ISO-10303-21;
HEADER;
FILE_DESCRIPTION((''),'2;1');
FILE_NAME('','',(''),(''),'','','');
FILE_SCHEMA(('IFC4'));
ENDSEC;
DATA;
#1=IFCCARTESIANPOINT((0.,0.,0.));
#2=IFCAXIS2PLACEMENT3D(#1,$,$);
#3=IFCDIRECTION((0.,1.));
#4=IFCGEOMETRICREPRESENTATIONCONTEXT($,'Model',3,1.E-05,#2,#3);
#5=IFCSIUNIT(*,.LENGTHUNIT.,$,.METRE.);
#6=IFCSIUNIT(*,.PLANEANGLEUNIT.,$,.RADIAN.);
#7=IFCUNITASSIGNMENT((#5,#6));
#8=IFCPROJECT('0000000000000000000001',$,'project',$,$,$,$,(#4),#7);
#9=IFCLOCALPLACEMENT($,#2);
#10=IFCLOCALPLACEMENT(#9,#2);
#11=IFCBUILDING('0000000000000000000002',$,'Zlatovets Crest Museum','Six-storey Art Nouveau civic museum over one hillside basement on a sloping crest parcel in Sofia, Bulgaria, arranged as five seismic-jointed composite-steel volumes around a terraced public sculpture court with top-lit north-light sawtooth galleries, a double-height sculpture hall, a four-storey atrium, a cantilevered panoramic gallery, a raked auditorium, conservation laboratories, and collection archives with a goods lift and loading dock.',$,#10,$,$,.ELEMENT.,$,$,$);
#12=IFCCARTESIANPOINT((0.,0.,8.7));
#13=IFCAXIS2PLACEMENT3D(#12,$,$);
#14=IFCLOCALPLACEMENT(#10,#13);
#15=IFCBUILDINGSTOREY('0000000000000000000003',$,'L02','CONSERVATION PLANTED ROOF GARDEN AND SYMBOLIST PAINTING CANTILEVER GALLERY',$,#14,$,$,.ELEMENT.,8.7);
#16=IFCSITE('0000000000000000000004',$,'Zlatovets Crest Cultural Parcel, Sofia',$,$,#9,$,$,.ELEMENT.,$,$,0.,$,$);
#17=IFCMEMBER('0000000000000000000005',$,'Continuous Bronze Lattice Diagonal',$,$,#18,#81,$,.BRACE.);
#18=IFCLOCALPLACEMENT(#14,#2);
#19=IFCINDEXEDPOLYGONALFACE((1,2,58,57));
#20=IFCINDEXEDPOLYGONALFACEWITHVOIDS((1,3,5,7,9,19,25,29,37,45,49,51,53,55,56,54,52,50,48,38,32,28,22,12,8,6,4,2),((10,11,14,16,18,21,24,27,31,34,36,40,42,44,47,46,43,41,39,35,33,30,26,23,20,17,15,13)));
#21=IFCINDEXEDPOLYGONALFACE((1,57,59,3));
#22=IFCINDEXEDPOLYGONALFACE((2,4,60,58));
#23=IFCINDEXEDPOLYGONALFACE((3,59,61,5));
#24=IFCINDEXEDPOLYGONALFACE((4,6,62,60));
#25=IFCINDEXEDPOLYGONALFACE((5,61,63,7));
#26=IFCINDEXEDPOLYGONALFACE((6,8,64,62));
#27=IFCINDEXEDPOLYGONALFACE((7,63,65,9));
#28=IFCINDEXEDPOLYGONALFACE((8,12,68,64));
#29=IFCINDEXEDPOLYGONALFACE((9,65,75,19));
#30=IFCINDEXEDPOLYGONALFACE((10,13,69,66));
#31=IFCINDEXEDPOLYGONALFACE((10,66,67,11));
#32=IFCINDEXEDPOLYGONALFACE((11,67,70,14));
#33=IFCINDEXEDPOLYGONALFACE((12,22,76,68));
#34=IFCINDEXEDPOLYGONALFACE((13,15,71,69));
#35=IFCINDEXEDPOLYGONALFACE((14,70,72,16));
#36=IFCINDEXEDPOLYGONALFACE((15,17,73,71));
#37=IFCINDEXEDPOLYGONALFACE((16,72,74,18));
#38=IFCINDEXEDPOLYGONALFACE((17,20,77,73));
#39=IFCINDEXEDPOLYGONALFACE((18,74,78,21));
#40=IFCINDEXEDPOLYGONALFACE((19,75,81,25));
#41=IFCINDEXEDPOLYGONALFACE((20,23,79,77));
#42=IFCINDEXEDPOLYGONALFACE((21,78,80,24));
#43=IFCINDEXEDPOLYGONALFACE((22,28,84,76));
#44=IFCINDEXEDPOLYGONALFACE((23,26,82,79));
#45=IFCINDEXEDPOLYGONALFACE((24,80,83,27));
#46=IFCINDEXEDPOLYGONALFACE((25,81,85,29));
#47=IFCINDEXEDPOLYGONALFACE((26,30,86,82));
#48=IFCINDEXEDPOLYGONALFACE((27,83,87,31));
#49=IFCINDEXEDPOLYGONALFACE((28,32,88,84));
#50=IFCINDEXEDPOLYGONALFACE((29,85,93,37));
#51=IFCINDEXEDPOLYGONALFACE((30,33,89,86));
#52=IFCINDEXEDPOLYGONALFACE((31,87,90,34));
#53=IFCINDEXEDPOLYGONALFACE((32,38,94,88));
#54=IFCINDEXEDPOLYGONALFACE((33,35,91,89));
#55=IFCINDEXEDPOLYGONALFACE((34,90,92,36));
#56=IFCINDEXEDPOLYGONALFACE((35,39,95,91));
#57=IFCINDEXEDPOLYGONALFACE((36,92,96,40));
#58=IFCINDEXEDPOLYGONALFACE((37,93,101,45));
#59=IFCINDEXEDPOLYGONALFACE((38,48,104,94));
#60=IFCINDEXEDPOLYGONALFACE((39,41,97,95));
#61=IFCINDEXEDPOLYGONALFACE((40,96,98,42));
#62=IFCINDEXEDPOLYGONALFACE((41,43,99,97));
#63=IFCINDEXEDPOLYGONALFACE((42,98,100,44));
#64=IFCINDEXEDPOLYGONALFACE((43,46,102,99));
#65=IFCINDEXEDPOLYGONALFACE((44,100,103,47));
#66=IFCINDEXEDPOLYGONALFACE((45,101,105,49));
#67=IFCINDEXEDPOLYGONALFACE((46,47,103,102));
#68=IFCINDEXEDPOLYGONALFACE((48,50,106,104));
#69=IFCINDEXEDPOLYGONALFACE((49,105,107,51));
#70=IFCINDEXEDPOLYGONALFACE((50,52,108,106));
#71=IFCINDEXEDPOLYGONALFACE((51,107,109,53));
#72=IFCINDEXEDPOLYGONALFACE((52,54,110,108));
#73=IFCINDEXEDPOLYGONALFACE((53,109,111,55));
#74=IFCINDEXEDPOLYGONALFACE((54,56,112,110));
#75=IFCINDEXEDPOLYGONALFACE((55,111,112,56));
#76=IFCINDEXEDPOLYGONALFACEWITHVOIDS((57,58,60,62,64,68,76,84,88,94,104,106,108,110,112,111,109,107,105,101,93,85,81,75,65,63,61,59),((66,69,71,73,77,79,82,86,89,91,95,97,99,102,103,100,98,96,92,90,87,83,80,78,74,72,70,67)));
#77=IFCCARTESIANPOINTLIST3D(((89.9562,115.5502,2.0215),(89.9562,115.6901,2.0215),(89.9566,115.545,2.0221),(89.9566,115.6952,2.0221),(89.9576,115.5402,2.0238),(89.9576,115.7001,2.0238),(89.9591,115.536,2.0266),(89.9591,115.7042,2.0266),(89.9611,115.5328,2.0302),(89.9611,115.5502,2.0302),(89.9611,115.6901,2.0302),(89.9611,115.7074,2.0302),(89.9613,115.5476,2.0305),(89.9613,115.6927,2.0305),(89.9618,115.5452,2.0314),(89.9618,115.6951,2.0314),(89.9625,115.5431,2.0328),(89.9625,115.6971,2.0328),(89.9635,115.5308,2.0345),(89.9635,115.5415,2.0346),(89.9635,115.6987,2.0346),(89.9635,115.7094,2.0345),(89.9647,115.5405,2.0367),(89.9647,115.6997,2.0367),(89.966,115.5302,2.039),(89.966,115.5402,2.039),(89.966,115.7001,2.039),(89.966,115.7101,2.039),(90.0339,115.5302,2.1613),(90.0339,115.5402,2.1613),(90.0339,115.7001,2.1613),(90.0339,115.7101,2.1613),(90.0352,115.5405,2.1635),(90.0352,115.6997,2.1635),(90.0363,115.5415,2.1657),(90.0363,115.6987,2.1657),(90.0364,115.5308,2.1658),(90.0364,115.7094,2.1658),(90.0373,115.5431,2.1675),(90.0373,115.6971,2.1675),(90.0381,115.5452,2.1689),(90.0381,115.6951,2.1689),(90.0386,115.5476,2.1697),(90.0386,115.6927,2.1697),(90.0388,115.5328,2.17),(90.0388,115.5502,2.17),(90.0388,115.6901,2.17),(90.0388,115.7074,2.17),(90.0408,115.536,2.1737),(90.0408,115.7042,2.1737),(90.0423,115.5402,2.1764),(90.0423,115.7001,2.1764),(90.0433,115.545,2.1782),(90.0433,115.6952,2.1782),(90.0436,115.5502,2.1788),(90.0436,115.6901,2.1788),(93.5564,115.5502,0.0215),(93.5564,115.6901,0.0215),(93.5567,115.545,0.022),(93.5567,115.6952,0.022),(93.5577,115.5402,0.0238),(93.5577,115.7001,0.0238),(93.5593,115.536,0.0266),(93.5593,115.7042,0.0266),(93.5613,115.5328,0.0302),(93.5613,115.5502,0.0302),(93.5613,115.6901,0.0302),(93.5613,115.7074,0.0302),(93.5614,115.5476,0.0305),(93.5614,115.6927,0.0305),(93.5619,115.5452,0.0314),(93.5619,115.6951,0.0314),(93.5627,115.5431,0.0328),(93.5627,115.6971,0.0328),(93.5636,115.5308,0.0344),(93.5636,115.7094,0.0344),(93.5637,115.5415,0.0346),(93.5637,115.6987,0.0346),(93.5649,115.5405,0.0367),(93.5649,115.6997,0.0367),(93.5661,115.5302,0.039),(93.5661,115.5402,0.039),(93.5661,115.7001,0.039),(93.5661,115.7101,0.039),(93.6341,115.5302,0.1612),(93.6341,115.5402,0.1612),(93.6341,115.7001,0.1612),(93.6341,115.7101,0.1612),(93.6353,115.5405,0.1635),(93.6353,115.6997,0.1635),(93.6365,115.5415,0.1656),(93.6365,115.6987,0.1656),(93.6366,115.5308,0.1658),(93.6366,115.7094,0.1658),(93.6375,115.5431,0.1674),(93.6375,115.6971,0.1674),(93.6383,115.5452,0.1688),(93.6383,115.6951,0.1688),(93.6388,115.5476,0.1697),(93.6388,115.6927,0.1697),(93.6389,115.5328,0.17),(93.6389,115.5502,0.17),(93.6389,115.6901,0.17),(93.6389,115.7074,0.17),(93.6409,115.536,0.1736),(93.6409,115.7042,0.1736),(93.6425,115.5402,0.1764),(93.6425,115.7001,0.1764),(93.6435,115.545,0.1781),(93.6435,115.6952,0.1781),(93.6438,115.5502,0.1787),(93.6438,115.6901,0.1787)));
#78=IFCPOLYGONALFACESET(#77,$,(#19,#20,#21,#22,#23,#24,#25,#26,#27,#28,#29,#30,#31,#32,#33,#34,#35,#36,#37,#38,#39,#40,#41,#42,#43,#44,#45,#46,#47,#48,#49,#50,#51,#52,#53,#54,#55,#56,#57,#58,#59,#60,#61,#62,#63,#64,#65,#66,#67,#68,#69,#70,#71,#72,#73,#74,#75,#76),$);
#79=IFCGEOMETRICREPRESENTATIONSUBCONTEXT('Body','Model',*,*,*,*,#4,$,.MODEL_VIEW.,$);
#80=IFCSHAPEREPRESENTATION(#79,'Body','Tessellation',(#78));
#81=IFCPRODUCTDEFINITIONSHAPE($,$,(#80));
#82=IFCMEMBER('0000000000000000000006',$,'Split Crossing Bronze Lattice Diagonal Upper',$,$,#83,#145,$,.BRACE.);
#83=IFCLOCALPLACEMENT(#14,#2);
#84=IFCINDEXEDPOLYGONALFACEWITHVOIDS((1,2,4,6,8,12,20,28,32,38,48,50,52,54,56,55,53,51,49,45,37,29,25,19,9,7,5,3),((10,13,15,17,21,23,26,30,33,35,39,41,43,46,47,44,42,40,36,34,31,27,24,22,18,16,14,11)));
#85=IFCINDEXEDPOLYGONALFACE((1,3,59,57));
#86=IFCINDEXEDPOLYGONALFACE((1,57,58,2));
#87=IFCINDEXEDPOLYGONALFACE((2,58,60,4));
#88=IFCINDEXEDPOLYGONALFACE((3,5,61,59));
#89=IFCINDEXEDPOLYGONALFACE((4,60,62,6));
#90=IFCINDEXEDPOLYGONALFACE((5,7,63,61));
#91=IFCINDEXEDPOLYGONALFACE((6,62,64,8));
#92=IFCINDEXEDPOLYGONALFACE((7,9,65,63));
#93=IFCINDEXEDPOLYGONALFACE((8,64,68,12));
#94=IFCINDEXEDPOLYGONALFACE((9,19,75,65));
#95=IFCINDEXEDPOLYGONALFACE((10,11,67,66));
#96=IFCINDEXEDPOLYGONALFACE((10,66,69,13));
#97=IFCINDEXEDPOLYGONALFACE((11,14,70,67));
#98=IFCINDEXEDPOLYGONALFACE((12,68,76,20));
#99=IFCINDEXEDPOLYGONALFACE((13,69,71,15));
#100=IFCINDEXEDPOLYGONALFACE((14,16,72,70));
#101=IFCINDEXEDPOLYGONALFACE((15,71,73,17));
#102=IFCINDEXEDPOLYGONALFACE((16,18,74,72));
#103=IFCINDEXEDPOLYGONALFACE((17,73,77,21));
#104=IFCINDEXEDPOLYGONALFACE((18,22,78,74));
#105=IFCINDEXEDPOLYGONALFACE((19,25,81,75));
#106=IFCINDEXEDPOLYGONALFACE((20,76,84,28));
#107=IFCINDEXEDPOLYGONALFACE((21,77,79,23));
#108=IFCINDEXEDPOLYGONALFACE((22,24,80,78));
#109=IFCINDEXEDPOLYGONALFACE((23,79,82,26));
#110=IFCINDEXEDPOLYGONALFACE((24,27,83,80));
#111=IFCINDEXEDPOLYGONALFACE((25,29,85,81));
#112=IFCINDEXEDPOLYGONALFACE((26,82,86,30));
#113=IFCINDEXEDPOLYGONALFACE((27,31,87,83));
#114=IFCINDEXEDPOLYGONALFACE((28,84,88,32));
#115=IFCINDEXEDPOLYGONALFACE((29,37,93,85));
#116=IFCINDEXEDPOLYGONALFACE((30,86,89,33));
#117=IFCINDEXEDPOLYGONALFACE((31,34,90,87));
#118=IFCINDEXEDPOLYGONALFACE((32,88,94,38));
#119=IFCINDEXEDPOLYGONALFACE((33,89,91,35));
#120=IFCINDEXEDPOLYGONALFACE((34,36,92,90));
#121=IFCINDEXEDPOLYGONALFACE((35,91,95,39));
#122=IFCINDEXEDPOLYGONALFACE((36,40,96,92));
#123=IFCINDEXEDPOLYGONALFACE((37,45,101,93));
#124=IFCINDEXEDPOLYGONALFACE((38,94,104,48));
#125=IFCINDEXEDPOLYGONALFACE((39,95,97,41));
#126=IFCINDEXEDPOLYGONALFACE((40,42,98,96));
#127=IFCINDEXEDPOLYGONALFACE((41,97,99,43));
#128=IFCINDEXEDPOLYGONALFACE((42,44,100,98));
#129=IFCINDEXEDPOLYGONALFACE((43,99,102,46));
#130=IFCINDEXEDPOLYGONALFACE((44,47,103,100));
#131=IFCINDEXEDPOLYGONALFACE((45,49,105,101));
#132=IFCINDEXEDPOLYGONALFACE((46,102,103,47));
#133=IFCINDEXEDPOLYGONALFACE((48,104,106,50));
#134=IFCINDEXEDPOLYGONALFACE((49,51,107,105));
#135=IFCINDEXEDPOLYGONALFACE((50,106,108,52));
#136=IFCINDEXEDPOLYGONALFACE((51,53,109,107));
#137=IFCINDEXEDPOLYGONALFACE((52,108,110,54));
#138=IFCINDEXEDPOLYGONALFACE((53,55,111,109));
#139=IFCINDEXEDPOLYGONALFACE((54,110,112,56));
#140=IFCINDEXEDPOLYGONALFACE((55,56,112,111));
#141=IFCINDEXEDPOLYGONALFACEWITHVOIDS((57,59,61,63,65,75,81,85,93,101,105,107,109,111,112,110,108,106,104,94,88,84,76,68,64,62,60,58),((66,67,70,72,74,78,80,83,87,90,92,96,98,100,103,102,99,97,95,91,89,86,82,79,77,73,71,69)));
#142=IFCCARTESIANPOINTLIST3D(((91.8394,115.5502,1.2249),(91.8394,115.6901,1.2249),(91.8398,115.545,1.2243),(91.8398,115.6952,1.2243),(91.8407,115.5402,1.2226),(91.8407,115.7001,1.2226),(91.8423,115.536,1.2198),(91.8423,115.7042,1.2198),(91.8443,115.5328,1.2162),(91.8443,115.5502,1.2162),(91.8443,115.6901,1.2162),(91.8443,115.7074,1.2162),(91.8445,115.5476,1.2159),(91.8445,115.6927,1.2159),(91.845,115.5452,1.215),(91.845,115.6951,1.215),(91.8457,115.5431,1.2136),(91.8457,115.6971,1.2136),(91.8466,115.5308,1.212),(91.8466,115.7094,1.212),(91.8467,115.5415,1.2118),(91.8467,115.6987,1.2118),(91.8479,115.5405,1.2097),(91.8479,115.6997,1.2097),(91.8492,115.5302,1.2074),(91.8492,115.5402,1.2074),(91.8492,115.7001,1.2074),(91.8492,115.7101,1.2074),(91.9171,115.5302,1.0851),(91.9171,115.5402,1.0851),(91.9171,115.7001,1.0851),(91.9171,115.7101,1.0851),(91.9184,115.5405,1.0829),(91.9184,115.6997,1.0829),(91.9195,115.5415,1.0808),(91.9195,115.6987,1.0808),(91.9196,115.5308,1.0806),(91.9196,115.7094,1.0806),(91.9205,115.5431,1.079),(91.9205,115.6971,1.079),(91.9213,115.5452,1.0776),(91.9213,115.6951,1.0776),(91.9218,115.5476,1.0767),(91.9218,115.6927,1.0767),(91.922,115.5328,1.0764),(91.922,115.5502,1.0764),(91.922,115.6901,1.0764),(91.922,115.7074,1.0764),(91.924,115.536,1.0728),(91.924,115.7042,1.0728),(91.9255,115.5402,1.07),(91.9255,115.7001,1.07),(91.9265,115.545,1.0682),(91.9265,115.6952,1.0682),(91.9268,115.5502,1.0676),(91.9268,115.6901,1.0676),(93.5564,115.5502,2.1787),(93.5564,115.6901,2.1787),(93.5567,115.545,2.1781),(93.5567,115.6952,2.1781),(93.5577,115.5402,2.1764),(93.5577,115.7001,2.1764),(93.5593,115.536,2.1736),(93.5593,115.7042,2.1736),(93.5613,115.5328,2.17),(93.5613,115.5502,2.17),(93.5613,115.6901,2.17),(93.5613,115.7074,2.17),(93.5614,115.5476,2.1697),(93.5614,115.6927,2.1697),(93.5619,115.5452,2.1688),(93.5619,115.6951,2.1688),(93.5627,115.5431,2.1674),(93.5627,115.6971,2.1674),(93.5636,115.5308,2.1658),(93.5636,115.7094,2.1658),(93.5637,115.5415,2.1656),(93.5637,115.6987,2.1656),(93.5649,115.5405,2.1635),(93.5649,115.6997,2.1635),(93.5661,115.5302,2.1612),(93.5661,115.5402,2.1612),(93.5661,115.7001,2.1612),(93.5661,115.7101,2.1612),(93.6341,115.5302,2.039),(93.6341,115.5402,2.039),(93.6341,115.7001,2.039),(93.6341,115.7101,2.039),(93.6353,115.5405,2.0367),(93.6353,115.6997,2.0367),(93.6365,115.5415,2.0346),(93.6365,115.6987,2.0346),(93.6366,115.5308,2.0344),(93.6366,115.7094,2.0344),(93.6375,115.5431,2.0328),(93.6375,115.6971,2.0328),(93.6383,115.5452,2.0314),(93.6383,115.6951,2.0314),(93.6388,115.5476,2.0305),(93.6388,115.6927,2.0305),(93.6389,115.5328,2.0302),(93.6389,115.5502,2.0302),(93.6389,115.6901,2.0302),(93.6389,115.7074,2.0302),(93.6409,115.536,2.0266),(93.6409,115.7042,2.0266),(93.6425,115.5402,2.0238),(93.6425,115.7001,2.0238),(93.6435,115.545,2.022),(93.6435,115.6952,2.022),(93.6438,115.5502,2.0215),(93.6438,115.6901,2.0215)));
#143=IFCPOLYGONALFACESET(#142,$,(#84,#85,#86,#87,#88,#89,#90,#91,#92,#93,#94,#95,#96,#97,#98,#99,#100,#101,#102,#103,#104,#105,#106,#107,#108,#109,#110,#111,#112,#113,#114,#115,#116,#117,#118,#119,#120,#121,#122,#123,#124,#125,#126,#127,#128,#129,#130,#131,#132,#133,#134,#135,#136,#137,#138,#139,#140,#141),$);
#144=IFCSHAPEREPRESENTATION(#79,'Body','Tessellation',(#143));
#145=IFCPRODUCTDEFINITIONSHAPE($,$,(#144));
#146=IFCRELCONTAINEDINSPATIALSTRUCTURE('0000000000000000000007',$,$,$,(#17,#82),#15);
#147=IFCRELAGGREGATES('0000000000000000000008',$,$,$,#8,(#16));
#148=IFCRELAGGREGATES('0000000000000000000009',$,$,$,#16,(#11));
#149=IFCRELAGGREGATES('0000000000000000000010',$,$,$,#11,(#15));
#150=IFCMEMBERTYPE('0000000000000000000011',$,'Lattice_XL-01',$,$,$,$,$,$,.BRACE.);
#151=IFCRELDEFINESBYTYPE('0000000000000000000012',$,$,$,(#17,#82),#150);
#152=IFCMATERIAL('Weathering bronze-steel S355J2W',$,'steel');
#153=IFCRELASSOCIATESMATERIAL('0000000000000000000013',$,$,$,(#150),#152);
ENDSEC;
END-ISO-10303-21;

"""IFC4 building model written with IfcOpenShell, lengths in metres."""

from ifc_helpers import new_model, si_unit, direction, frame, origin, origin_2d, place, context, subcontext, project, spatial, hollow_rectangle, extrude, material, material_profile, profile_set, type_object, element, save


model = new_model("IFC4")

# Units and contexts
model_context = context("Model", 3, precision=1e-05, world=origin(), true_north=direction((0.0, 1.0)))
body_context = subcontext(model_context, "Body", "Model", "MODEL_VIEW")
ifc_project = project(units=[si_unit("LENGTHUNIT", "METRE"), si_unit("PLANEANGLEUNIT", "RADIAN")], contexts=[model_context])

# Site, building, storey
site_placement = place(None, origin())
site = spatial("IfcSite", under=ifc_project, at=site_placement, Name="Zlatovets Crest Cultural Parcel, Sofia", CompositionType="ELEMENT", RefElevation=0.0)
building_placement = place(site_placement, origin())
building = spatial("IfcBuilding", under=site, at=building_placement, Name="Zlatovets Crest Museum", Description="Six-storey Art Nouveau civic museum over one hillside basement on a sloping crest parcel in Sofia, Bulgaria, arranged as five seismic-jointed composite-steel volumes around a terraced public sculpture court with top-lit north-light sawtooth galleries, a double-height sculpture hall, a four-storey atrium, a cantilevered panoramic gallery, a raked auditorium, conservation laboratories, and collection archives with a goods lift and loading dock.", CompositionType="ELEMENT")
storey_placement = place(building_placement, frame((0.0, 0.0, 8.7)))
storey = spatial("IfcBuildingStorey", under=building, at=storey_placement, Name="L02", Description="CONSERVATION PLANTED ROOF GARDEN AND SYMBOLIST PAINTING CANTILEVER GALLERY", CompositionType="ELEMENT", Elevation=8.7)

# Members
ifc_material_1 = material(Name="Weathering bronze-steel S355J2W", Category="steel")
ifc_material_profile_1 = material_profile(ifc_material_1, hollow_rectangle(XDim=0.1799, YDim=0.1799, WallThickness=0.01, InnerFilletRadius=0.01, OuterFilletRadius=0.02, at=origin_2d()), Name="SHS 180x180x10.0")
ifc_profile_set_1 = profile_set([ifc_material_profile_1], Name="Weathering bronze-steel S355J2W")
member_type_1 = type_object("IfcMemberType", Name="Lattice_XL-01", PredefinedType="BRACE", material=ifc_profile_set_1)
member_1_placement = place(storey_placement, frame((93.6001, 115.6201, 0.1001), z_axis=(-0.874163, 0.0, 0.485633), x_axis=(0.0, -1.0, 0.0)))
element("IfcMember", 1, at=member_1_placement, inside=storey, type_object=member_type_1, Name="Continuous Bronze Lattice Diagonal", PredefinedType="BRACE", context=body_context, shape_type="SweptSolid", body=[
    extrude(hollow_rectangle(XDim=0.1799, YDim=0.1799, WallThickness=0.01, InnerFilletRadius=0.01, OuterFilletRadius=0.02, at=origin_2d()), origin(), (0.0, 0.0, 1.0), 4.1184),
])
for number, where, z_axis, x_axis, name in (
    (2, (93.6001, 115.6201, 2.1001), (-0.874169, 0.0, -0.485622), (0.0, -1.0, 0.0), "Split Crossing Bronze Lattice Diagonal Upper"),
):
    element("IfcMember", number, at=place(storey_placement, frame(where, z_axis=z_axis, x_axis=x_axis)), inside=storey, type_object=member_type_1, Name=name, PredefinedType="BRACE", context=body_context, shape_type="SweptSolid", body=[
        extrude(hollow_rectangle(XDim=0.1799, YDim=0.1799, WallThickness=0.01, InnerFilletRadius=0.01, OuterFilletRadius=0.02, at=origin_2d()), origin(), (0.0, 0.0, 1.0), 1.9641),
    ])

save(model, "model.ifc")
